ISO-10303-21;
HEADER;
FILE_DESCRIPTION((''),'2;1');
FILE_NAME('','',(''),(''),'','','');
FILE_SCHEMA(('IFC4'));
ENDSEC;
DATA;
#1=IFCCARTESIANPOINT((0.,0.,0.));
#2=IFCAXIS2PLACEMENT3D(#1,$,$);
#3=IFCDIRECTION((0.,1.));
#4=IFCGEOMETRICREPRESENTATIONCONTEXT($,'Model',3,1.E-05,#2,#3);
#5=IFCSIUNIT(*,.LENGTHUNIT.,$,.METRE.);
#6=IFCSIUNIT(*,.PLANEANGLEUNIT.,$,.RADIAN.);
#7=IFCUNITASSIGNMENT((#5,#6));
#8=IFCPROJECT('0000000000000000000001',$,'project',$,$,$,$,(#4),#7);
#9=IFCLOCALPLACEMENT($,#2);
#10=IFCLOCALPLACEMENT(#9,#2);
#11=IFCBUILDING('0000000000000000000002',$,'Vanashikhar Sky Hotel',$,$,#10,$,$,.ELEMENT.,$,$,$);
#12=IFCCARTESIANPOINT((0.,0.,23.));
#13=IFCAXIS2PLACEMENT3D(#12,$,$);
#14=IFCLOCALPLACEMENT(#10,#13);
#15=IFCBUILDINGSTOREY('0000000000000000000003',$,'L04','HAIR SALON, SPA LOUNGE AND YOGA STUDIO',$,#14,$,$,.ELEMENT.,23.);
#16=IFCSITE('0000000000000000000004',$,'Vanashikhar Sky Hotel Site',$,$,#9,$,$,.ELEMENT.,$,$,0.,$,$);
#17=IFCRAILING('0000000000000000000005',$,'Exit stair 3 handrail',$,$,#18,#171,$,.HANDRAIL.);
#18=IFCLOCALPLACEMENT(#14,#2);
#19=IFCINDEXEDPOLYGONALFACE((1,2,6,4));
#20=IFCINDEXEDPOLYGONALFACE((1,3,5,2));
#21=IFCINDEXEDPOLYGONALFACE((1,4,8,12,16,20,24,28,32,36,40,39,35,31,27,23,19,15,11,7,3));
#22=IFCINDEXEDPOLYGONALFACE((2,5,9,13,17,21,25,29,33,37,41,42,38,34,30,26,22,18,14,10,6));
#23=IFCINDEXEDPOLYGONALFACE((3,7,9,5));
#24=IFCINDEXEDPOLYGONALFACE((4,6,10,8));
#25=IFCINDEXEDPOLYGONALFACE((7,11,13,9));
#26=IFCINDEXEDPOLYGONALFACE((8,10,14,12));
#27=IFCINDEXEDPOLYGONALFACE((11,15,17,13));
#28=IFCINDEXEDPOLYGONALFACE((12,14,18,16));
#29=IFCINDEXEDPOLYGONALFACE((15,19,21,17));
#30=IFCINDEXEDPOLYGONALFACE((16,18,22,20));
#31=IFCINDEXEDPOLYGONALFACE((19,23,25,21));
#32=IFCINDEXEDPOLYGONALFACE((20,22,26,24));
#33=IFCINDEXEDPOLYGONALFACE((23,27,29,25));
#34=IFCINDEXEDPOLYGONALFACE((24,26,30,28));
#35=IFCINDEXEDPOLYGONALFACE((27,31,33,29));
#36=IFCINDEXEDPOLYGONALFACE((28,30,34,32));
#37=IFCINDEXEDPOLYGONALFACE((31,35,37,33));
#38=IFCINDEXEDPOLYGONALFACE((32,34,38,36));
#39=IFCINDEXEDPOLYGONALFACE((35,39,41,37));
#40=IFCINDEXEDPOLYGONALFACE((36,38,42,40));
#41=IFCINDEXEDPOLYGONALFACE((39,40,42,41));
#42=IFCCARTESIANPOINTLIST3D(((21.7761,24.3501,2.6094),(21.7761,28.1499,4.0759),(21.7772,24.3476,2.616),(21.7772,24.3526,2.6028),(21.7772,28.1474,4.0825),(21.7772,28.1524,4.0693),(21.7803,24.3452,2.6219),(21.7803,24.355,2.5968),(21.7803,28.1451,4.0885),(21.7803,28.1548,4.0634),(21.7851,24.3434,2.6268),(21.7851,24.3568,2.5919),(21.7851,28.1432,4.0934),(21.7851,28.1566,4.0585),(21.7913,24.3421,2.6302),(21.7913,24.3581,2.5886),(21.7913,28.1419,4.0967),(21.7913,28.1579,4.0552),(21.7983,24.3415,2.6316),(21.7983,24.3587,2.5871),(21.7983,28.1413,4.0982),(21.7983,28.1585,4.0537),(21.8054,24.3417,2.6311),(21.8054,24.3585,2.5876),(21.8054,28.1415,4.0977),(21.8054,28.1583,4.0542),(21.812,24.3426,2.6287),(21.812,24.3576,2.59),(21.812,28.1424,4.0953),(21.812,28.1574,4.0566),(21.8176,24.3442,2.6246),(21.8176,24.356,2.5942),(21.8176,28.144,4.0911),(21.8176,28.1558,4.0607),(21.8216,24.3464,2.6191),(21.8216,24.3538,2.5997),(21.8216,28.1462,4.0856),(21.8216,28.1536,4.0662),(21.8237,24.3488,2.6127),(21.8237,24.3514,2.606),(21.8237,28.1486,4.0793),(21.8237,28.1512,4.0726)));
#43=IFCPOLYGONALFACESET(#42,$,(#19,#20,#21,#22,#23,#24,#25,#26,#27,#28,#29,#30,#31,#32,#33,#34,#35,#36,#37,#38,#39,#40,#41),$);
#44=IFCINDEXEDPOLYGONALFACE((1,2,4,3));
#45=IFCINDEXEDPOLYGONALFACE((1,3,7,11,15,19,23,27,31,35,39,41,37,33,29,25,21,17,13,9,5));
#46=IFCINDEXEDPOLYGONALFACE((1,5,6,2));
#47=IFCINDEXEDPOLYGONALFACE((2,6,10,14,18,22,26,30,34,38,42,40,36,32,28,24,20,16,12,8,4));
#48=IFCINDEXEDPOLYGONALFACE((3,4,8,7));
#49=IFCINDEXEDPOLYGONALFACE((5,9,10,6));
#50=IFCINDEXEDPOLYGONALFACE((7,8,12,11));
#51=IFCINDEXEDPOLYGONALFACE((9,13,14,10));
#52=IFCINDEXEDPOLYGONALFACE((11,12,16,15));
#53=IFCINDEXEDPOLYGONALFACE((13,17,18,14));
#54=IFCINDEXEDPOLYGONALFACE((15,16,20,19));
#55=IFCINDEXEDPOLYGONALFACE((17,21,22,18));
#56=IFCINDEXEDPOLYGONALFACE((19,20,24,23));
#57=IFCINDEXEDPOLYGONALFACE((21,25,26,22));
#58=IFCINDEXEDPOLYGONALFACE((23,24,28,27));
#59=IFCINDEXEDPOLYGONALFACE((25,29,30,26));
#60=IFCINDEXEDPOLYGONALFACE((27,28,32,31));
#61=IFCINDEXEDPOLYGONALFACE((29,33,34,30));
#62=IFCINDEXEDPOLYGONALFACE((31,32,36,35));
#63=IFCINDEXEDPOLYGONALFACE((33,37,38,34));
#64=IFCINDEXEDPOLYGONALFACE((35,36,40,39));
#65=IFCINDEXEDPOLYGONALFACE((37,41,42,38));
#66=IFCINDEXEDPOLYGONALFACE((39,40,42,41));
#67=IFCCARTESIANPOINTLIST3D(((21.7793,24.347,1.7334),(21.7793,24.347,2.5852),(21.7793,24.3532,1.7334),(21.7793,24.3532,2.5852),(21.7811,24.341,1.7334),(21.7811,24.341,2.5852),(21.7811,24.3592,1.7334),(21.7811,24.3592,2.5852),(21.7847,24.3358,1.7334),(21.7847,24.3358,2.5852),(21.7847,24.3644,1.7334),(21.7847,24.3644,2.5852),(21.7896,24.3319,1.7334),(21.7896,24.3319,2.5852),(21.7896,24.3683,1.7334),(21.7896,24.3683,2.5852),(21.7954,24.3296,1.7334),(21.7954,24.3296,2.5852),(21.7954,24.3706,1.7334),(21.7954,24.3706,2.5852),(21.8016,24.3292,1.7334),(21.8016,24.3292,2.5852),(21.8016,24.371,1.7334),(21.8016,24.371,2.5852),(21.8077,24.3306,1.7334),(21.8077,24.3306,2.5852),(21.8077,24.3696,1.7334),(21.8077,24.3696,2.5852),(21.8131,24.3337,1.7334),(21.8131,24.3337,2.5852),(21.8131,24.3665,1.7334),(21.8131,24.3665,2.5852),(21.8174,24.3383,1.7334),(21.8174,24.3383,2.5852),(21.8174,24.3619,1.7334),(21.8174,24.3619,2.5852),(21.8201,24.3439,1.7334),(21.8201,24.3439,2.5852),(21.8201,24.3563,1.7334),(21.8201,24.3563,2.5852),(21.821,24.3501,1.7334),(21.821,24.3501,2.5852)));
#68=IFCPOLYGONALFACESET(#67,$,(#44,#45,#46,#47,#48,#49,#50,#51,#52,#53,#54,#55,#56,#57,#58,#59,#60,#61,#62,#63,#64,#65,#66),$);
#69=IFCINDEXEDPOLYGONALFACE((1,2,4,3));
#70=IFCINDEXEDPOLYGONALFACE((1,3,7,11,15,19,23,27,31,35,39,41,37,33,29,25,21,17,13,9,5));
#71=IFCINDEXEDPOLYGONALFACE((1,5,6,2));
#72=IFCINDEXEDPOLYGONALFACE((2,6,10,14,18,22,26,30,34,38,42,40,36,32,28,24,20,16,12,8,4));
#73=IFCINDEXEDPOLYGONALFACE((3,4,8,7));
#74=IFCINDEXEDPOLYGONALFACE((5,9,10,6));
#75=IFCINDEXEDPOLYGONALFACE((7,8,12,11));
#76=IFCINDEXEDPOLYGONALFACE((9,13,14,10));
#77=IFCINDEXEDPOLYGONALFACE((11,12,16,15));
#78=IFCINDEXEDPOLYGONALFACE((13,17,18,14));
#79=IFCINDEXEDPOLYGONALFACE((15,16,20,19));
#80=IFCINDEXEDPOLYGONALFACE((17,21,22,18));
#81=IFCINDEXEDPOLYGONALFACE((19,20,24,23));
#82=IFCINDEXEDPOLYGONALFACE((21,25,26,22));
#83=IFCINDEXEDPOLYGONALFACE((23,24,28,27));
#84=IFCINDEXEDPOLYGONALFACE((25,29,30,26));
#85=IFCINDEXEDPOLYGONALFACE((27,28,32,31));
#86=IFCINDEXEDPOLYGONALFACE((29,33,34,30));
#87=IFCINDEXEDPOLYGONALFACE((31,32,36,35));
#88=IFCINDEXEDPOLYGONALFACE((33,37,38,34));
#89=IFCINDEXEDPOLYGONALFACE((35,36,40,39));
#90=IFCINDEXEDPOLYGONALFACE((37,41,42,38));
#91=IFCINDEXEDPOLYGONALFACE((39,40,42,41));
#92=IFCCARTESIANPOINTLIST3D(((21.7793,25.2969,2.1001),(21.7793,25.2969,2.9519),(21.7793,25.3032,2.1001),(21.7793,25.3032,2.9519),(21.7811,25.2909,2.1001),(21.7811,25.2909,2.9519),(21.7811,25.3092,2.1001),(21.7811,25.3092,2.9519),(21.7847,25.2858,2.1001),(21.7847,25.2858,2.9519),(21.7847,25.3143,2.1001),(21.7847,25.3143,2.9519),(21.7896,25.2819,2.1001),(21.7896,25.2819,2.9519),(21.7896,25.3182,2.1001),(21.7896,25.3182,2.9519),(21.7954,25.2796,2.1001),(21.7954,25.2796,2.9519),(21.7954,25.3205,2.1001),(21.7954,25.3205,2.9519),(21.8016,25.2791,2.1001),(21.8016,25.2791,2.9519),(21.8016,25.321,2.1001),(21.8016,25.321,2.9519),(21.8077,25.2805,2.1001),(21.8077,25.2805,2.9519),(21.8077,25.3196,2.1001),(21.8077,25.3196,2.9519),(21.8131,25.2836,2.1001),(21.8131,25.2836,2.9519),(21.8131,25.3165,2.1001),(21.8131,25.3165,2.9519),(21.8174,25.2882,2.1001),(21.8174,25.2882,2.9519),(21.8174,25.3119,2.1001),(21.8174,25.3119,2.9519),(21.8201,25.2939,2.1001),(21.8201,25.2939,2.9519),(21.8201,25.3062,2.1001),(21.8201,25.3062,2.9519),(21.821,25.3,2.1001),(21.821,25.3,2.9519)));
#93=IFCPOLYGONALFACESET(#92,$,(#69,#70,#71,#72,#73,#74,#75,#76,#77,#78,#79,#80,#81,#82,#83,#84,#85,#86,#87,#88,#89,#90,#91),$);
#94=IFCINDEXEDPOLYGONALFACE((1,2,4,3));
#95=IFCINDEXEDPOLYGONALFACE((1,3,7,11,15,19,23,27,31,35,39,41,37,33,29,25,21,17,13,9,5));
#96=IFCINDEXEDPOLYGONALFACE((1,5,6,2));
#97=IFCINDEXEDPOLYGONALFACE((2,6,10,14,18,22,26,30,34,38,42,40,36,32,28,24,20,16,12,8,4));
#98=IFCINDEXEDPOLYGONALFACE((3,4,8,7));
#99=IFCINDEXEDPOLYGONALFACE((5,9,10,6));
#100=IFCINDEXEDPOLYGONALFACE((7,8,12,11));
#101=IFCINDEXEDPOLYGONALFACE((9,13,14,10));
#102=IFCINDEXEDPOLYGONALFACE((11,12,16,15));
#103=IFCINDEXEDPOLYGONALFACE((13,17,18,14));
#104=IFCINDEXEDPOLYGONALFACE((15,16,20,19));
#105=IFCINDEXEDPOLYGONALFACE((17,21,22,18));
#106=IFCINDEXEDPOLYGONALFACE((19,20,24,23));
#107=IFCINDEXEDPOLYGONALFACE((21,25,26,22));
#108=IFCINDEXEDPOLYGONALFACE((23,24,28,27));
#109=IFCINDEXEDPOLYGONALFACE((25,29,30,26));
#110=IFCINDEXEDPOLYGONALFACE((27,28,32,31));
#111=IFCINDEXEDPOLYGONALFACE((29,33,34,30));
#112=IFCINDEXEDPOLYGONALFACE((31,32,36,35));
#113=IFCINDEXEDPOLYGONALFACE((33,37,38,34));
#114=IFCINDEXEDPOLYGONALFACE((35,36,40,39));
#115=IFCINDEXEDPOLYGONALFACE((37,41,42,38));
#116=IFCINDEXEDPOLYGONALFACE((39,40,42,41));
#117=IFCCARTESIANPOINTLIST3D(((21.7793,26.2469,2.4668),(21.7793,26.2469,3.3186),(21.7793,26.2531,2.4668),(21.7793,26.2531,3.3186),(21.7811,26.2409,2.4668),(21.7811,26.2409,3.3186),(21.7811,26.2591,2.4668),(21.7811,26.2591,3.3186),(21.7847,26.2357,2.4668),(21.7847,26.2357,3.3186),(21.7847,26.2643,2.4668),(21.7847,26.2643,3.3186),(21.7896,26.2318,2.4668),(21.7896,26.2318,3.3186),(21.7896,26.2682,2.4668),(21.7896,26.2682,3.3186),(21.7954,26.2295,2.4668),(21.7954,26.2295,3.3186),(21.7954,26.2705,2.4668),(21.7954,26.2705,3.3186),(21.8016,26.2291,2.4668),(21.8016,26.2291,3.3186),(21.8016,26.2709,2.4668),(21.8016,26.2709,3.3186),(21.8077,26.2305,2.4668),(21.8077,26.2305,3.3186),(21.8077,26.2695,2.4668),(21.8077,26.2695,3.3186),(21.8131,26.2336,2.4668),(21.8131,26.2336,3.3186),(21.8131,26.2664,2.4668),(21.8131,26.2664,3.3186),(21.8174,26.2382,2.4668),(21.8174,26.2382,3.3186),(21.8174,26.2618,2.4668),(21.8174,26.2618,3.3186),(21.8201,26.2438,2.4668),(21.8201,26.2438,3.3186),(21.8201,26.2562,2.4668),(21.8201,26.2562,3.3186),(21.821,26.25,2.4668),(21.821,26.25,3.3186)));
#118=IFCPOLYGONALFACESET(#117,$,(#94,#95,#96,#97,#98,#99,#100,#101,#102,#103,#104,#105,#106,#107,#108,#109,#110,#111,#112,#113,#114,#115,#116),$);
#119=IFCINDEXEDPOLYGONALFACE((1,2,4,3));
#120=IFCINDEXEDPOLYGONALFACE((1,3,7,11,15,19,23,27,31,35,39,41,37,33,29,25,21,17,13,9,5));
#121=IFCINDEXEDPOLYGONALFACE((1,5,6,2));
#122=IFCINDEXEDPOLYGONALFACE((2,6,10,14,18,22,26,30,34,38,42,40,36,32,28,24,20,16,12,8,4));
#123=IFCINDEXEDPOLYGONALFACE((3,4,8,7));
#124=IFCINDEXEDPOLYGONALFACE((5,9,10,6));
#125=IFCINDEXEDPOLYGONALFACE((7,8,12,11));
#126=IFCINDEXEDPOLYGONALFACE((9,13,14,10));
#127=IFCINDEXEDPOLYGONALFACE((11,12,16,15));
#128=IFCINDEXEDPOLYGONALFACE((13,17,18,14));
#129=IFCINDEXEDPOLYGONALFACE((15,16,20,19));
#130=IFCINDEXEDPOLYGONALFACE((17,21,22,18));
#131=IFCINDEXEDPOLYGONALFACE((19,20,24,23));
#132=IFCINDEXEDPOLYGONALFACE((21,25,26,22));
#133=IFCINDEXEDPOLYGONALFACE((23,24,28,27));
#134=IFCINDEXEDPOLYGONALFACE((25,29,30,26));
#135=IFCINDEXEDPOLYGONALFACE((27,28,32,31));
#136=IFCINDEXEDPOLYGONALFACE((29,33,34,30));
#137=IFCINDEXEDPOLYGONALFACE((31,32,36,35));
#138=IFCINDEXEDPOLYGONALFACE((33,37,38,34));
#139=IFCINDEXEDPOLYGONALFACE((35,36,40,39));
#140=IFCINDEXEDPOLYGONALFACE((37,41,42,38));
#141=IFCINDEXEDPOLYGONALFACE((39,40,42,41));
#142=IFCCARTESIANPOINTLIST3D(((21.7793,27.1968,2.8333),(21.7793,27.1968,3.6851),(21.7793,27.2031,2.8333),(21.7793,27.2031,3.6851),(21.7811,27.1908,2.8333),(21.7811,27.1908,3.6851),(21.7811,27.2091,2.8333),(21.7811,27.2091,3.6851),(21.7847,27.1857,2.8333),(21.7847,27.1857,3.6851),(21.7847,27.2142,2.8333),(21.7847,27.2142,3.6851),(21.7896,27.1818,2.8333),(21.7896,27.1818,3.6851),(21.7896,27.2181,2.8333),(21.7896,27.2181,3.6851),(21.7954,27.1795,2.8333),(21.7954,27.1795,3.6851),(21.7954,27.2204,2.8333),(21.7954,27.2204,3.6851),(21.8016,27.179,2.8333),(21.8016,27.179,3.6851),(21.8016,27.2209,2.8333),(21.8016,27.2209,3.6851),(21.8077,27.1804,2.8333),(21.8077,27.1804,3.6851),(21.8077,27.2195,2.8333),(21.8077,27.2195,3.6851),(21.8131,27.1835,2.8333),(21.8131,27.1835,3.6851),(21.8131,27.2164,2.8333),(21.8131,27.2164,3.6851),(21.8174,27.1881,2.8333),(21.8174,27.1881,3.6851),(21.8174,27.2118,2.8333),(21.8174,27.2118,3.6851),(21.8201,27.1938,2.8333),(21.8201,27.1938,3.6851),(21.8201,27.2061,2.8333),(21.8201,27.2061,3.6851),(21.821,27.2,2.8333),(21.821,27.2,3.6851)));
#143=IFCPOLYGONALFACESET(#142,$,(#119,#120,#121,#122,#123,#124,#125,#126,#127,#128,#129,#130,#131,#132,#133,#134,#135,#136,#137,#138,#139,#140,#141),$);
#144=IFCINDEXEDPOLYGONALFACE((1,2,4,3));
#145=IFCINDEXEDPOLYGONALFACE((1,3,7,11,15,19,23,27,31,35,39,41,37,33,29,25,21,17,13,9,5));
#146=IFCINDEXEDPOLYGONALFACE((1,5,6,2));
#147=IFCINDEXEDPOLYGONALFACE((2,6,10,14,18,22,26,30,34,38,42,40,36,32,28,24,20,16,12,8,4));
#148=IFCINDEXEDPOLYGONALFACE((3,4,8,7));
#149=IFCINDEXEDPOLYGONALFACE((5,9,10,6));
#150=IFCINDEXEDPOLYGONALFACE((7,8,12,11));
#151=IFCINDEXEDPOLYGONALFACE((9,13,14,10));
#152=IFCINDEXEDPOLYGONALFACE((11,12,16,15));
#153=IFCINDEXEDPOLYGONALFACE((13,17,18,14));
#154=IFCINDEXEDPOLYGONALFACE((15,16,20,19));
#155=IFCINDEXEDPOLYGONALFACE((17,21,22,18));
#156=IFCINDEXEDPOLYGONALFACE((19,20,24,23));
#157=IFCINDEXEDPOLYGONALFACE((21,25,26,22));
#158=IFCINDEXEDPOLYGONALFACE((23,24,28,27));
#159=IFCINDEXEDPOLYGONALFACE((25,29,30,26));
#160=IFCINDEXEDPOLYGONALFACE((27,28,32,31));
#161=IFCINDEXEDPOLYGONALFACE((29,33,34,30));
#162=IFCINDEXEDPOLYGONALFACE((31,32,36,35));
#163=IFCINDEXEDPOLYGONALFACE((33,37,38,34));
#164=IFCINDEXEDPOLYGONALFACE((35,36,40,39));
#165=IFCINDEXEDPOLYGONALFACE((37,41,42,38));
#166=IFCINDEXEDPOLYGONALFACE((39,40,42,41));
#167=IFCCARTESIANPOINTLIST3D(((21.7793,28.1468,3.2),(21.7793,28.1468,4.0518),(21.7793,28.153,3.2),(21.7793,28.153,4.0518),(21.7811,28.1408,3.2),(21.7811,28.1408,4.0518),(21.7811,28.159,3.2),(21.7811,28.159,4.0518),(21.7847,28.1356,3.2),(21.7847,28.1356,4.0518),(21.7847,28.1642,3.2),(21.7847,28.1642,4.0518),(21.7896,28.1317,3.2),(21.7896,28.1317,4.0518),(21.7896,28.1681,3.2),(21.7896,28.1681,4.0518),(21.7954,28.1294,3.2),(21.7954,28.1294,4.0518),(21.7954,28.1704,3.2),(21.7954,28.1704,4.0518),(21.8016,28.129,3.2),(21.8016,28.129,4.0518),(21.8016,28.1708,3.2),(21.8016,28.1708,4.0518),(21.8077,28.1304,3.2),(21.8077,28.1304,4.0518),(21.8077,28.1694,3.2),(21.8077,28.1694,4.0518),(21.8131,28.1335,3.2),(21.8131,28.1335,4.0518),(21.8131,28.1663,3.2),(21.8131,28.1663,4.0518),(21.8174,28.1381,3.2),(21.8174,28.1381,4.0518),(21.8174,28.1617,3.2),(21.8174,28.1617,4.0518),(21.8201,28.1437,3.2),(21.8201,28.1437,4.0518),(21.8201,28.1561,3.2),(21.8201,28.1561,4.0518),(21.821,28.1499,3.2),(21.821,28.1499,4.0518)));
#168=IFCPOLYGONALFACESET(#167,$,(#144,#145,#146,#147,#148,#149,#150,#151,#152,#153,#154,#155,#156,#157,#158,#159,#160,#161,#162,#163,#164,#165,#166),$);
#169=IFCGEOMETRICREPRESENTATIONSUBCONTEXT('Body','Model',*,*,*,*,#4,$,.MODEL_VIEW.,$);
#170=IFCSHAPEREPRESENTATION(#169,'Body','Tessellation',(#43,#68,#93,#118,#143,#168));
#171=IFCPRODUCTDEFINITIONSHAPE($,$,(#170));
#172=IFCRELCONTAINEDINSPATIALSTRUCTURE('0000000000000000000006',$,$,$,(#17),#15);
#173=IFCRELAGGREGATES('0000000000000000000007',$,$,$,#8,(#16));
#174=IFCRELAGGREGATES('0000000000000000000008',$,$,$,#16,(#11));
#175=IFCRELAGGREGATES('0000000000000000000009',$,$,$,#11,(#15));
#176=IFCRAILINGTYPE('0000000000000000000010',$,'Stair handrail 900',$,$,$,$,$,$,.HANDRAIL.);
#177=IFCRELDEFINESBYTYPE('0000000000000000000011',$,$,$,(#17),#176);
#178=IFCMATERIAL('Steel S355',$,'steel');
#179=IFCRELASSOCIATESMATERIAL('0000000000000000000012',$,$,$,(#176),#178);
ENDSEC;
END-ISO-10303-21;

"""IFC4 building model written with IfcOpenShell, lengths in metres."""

from ifc_helpers import new_model, si_unit, direction, frame, origin, origin_2d, place, context, subcontext, project, spatial, circle, extrude, source, transform, mapped, material, type_object, element, save


model = new_model("IFC4")

# Units and contexts
model_context = context("Model", 3, precision=1e-05, world=origin(), true_north=direction((0.0, 1.0)))
body_context = subcontext(model_context, "Body", "Model", "MODEL_VIEW")
ifc_project = project(units=[si_unit("LENGTHUNIT", "METRE"), si_unit("PLANEANGLEUNIT", "RADIAN")], contexts=[model_context])

# Site, building, storey
site_placement = place(None, origin())
site = spatial("IfcSite", under=ifc_project, at=site_placement, Name="Vanashikhar Sky Hotel Site", CompositionType="ELEMENT", RefElevation=0.0)
building_placement = place(site_placement, origin())
building = spatial("IfcBuilding", under=site, at=building_placement, Name="Vanashikhar Sky Hotel", CompositionType="ELEMENT")
storey_placement = place(building_placement, frame((0.0, 0.0, 23.0)))
storey = spatial("IfcBuildingStorey", under=building, at=storey_placement, Name="L04", Description="HAIR SALON, SPA LOUNGE AND YOGA STUDIO", CompositionType="ELEMENT", Elevation=23.0)

# Railing
ifc_material_1 = material(Name="Steel S355", Category="steel")
railing_type_1 = type_object("IfcRailingType", Name="Stair handrail 900", PredefinedType="HANDRAIL", material=ifc_material_1)
shared_shape_1 = source(origin(), body_context, "Body", "SweptSolid", [
    extrude(circle(Radius=0.0239, at=origin_2d()), frame((0.0, 0.0, 0.876), z_axis=(0.0, 0.932926, 0.360067), x_axis=(-1.0, 0.0, 0.0)), (0.0, 0.0, 1.0), 4.073),
    extrude(circle(Radius=0.021, at=origin_2d()), origin(), (0.0, 0.0, 1.0), 0.8518),
    extrude(circle(Radius=0.021, at=origin_2d()), frame((0.0, 0.95, 0.3667)), (0.0, 0.0, 1.0), 0.8518),
    extrude(circle(Radius=0.021, at=origin_2d()), frame((0.0, 1.8999, 0.7334)), (0.0, 0.0, 1.0), 0.8518),
    extrude(circle(Radius=0.021, at=origin_2d()), frame((0.0, 2.8499, 1.0999)), (0.0, 0.0, 1.0), 0.8518),
    extrude(circle(Radius=0.021, at=origin_2d()), frame((0.0, 3.7998, 1.4666)), (0.0, 0.0, 1.0), 0.8518),
])
railing_1_placement = place(storey_placement, frame((21.8, 24.3501, 1.7334)))
element("IfcRailing", 1, at=railing_1_placement, inside=storey, type_object=railing_type_1, Name="Exit stair 3 handrail", PredefinedType="HANDRAIL", context=body_context, shape_type="MappedRepresentation", body=[
    mapped(shared_shape_1, transform((0.0, 0.0, 0.0), scale=1.0)),
])

save(model, "model.ifc")
